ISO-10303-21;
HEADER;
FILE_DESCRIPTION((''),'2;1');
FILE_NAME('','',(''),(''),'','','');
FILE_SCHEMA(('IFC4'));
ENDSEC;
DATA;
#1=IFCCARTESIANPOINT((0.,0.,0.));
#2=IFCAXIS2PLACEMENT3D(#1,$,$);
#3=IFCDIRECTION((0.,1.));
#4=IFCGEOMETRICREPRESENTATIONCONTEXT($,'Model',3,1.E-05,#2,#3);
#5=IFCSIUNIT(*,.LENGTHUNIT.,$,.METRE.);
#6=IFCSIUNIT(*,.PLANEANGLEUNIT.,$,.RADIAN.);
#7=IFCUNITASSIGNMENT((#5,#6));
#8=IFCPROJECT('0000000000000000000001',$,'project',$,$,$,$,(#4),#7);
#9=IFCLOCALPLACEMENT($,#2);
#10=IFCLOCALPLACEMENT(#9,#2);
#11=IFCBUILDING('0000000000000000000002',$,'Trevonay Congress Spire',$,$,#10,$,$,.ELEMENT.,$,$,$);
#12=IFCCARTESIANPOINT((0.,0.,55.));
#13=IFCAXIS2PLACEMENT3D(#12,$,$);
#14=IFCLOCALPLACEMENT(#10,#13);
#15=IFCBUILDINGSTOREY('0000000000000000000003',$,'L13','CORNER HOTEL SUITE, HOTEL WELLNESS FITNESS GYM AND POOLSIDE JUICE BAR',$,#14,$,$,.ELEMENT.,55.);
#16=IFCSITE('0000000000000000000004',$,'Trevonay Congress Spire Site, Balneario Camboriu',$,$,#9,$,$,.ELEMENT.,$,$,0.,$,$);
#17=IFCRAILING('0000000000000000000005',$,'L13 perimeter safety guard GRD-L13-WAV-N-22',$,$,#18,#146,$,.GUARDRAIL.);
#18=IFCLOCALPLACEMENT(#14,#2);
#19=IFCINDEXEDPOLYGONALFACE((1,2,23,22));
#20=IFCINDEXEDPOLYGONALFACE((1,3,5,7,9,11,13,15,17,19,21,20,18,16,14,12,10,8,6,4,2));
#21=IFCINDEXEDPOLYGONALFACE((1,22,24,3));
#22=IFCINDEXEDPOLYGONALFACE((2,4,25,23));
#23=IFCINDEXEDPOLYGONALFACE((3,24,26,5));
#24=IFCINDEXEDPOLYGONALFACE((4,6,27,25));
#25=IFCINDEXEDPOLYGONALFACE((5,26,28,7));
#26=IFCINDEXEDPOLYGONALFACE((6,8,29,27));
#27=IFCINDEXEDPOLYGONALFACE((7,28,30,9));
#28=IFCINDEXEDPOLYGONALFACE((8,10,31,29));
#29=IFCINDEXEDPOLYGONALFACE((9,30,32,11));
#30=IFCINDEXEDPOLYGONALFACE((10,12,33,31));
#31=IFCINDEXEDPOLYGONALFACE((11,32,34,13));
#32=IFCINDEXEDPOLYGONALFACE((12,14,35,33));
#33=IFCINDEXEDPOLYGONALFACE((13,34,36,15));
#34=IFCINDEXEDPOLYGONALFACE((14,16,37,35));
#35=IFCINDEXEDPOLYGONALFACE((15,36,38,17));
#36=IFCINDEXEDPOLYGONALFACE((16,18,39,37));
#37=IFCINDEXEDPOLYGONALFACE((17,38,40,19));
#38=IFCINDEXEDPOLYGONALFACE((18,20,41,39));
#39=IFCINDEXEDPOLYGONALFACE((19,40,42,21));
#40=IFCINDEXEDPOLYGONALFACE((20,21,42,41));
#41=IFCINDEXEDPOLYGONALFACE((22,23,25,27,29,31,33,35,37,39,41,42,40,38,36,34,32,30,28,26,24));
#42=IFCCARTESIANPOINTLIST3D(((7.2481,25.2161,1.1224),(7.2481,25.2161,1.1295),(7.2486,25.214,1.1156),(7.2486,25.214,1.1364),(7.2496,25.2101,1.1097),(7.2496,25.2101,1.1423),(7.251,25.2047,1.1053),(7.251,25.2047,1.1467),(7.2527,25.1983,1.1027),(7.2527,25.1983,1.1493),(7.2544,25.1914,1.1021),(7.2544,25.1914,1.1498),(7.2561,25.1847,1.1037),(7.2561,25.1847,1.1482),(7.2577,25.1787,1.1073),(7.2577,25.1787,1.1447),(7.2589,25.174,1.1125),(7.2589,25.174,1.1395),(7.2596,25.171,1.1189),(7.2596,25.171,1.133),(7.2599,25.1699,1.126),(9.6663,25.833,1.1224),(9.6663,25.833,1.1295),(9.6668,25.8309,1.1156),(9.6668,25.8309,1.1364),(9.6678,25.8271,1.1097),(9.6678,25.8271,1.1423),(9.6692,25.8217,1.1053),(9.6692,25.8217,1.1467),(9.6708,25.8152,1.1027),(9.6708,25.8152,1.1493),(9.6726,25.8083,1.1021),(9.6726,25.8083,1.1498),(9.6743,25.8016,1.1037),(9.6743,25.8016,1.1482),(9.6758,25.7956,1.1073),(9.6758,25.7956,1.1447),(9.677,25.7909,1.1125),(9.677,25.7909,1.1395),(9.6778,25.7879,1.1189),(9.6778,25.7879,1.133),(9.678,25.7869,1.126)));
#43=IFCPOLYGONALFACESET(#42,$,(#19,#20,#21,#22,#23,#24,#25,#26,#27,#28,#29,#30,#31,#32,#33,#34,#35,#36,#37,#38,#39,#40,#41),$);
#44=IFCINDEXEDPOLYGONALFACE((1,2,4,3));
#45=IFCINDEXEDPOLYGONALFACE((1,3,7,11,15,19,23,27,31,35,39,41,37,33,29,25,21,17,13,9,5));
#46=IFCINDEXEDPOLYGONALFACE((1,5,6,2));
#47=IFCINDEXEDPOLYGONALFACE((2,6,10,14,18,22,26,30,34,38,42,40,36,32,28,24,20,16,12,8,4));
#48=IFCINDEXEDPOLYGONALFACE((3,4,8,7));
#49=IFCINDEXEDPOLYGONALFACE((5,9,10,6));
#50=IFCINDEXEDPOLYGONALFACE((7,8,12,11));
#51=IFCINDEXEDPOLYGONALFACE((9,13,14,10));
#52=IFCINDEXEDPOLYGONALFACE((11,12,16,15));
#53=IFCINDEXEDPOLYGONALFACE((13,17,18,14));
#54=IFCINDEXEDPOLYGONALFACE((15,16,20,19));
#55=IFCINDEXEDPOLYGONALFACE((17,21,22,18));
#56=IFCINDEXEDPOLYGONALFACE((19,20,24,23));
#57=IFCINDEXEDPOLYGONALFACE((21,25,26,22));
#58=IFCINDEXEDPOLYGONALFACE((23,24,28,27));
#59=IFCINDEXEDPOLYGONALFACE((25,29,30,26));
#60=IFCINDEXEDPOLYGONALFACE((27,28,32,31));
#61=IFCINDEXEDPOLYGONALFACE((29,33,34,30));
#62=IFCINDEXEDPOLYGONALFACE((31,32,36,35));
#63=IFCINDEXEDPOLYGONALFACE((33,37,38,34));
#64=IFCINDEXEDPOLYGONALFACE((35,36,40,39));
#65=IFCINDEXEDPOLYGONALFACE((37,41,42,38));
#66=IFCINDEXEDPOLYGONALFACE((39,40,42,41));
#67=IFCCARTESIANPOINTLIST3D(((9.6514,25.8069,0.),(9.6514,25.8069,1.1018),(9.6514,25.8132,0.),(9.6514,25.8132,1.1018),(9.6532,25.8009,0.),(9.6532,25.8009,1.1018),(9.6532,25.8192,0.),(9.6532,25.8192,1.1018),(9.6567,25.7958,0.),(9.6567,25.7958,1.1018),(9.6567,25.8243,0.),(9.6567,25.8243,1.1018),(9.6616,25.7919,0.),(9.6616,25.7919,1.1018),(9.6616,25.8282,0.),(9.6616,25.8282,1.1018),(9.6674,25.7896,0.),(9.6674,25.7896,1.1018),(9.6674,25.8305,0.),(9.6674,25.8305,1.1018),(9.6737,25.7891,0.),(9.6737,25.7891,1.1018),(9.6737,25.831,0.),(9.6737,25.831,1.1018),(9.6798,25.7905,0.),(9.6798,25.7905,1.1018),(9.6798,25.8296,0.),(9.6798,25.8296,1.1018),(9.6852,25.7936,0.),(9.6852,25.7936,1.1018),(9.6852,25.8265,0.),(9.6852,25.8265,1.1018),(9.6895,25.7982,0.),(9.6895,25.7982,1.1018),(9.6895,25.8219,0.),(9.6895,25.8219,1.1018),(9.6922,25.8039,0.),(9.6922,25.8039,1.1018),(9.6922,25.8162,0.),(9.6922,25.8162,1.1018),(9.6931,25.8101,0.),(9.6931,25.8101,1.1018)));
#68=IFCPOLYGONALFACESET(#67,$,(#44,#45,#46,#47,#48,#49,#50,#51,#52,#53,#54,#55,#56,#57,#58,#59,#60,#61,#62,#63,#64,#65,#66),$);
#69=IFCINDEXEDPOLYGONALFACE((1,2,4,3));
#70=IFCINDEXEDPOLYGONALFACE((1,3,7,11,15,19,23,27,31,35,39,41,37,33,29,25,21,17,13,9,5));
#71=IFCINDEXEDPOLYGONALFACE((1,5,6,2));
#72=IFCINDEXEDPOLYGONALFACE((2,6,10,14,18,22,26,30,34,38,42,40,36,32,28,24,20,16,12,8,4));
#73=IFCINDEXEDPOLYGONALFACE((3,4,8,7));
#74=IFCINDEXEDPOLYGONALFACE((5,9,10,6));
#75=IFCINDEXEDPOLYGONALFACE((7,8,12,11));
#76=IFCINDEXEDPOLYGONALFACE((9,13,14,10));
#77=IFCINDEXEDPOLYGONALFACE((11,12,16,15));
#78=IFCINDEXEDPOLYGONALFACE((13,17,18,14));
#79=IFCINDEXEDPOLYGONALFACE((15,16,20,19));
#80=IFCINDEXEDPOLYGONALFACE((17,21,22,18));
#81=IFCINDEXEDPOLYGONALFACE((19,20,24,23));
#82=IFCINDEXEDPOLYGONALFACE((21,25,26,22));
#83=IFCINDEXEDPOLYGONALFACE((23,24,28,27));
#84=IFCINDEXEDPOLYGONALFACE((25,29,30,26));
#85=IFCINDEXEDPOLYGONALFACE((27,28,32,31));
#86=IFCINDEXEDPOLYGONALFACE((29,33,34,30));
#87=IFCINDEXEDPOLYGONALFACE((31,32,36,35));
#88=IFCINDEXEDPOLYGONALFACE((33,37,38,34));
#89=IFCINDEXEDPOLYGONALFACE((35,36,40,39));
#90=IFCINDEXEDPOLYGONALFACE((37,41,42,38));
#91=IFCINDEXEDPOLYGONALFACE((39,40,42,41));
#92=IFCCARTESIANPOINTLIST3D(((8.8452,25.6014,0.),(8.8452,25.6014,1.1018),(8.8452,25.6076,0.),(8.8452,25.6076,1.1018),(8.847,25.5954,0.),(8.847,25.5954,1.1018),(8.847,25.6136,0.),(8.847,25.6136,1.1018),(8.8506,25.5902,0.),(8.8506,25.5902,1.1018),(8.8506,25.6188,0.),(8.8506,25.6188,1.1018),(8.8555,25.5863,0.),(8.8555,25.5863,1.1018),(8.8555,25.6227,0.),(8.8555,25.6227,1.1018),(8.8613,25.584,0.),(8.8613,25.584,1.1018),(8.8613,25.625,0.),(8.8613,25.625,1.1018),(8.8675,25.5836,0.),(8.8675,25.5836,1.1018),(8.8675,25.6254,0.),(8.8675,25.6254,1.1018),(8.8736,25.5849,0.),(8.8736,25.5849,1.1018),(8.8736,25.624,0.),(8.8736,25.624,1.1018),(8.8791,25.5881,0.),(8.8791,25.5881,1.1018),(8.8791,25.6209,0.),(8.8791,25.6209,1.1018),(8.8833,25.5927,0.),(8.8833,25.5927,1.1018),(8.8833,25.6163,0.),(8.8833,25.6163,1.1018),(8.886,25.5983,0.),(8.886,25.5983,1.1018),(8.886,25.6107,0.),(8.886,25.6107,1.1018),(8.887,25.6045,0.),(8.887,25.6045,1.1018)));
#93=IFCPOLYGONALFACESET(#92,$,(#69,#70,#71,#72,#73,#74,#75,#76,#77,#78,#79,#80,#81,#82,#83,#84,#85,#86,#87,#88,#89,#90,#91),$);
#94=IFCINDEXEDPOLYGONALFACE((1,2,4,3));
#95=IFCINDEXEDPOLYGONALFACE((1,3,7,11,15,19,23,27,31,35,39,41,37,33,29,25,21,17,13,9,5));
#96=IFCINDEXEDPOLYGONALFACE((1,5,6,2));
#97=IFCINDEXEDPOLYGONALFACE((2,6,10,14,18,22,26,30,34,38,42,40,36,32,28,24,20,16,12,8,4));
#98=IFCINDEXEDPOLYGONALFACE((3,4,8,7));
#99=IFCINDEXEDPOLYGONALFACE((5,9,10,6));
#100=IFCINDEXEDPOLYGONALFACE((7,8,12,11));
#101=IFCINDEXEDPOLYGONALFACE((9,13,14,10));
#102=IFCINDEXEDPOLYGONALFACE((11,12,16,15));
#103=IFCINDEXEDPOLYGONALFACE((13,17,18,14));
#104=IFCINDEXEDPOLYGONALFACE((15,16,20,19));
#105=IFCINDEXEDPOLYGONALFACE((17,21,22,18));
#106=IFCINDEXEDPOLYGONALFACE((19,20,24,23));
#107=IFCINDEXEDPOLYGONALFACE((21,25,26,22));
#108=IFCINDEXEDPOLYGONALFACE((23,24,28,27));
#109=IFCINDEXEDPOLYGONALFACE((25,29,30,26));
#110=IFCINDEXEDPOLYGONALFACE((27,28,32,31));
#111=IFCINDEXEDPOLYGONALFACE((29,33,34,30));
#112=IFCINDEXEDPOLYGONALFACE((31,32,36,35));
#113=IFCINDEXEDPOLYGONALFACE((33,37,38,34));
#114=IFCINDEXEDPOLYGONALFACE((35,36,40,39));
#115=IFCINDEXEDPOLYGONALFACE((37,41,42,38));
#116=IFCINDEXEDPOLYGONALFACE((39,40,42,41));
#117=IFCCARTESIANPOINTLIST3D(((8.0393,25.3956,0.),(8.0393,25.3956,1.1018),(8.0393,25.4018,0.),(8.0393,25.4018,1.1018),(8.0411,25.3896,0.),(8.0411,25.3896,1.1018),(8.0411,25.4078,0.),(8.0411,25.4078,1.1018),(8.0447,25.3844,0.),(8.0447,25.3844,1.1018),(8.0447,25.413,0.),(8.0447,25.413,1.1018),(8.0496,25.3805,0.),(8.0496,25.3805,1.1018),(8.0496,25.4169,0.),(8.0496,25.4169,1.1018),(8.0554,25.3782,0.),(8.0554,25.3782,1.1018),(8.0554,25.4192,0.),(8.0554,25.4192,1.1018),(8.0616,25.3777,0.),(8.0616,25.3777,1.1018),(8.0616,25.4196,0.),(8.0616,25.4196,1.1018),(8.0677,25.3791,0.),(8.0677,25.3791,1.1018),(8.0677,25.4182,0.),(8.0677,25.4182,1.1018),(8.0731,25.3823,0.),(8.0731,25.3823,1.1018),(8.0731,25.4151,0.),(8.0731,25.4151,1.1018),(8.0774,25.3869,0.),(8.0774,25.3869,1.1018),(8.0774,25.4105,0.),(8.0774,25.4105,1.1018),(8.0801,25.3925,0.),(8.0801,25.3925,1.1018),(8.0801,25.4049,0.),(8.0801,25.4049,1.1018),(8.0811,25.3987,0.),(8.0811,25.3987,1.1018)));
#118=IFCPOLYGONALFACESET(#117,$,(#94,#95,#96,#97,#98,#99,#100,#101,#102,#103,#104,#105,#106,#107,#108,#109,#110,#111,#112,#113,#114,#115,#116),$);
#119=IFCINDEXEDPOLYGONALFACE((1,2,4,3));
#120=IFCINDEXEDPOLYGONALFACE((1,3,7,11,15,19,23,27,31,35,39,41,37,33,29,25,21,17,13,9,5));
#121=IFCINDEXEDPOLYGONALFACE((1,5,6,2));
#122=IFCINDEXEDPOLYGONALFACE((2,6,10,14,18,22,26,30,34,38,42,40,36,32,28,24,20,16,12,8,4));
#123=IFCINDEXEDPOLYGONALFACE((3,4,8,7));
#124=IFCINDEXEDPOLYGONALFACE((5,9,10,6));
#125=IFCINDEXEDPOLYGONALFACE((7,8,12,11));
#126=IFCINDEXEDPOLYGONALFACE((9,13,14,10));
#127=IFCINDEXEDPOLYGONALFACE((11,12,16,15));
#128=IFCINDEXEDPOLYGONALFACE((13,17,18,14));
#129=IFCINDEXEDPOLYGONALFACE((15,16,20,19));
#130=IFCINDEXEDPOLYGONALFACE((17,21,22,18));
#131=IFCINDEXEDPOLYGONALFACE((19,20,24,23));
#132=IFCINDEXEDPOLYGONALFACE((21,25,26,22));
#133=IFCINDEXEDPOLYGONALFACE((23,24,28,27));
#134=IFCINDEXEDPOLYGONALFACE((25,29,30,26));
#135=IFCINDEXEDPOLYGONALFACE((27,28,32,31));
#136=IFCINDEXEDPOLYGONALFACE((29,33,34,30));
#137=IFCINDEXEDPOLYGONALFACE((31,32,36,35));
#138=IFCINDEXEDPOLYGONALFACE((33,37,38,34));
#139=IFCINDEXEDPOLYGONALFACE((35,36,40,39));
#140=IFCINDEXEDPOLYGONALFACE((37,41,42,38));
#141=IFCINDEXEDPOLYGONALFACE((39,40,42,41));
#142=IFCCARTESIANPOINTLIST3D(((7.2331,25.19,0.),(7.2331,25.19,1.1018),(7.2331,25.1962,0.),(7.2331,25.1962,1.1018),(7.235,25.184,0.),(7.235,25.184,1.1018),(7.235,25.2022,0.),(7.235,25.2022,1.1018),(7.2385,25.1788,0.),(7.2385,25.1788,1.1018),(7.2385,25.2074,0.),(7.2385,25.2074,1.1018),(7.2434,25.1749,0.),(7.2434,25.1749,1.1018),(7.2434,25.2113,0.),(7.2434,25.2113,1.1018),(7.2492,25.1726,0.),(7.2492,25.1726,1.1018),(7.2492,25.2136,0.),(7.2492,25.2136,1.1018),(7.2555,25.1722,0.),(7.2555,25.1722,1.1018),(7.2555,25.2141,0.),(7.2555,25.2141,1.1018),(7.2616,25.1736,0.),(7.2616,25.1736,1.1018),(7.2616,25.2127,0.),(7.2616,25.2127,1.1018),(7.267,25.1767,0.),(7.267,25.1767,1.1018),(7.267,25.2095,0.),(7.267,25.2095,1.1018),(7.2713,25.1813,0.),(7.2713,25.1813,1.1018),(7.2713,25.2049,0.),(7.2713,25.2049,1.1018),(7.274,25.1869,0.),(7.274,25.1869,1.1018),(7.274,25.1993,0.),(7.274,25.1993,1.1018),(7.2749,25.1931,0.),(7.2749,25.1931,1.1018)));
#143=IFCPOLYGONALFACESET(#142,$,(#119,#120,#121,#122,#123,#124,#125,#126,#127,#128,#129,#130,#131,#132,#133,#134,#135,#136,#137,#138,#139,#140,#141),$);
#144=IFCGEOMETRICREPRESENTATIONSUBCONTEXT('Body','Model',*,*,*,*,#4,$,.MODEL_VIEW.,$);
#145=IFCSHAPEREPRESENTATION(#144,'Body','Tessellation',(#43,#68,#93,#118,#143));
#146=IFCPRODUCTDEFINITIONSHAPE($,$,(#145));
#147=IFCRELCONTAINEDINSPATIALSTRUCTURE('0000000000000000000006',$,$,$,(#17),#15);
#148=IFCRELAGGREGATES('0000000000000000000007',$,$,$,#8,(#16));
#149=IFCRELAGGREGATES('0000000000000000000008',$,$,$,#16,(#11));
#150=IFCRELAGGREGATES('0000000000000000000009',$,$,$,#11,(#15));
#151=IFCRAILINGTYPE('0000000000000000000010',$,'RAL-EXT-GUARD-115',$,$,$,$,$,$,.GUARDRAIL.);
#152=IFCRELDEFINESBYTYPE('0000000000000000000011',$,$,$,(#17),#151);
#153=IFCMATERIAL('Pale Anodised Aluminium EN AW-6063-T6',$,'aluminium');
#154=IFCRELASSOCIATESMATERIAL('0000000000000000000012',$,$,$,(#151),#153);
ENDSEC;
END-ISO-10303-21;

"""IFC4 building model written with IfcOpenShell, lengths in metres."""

from ifc_helpers import new_model, si_unit, direction, frame, origin, origin_2d, place, context, subcontext, project, spatial, circle, extrude, material, type_object, element, save


model = new_model("IFC4")

# Units and contexts
model_context = context("Model", 3, precision=1e-05, world=origin(), true_north=direction((0.0, 1.0)))
body_context = subcontext(model_context, "Body", "Model", "MODEL_VIEW")
ifc_project = project(units=[si_unit("LENGTHUNIT", "METRE"), si_unit("PLANEANGLEUNIT", "RADIAN")], contexts=[model_context])

# Site, building, storey
site_placement = place(None, origin())
site = spatial("IfcSite", under=ifc_project, at=site_placement, Name="Trevonay Congress Spire Site, Balneario Camboriu", CompositionType="ELEMENT", RefElevation=0.0)
building_placement = place(site_placement, origin())
building = spatial("IfcBuilding", under=site, at=building_placement, Name="Trevonay Congress Spire", CompositionType="ELEMENT")
storey_placement = place(building_placement, frame((0.0, 0.0, 55.0)))
storey = spatial("IfcBuildingStorey", under=building, at=storey_placement, Name="L13", Description="CORNER HOTEL SUITE, HOTEL WELLNESS FITNESS GYM AND POOLSIDE JUICE BAR", CompositionType="ELEMENT", Elevation=55.0)

# Shared definitions
ifc_material_1 = material(Name="Pale Anodised Aluminium EN AW-6063-T6", Category="aluminium")

# Railing
railing_type = type_object("IfcRailingType", Name="RAL-EXT-GUARD-115", PredefinedType="GUARDRAIL", material=ifc_material_1)
railing_1_placement = place(storey_placement, frame((9.6721, 25.8101, 0.0)))
element("IfcRailing", 1, at=railing_1_placement, inside=storey, type_object=railing_type, Name="L13 perimeter safety guard GRD-L13-WAV-N-22", PredefinedType="GUARDRAIL", context=body_context, shape_type="SweptSolid", body=[
    extrude(circle(Radius=0.0239, at=origin_2d()), frame((0.0, 0.0, 1.126), z_axis=(-0.968963, -0.247205, 0.0), x_axis=(0.247205, -0.968963, 0.0)), (0.0, 0.0, 1.0), 2.4956),
    extrude(circle(Radius=0.021, at=origin_2d()), origin(), (0.0, 0.0, 1.0), 1.1018),
    extrude(circle(Radius=0.021, at=origin_2d()), frame((-0.8062, -0.2056, 0.0)), (0.0, 0.0, 1.0), 1.1018),
    extrude(circle(Radius=0.021, at=origin_2d()), frame((-1.6121, -0.4114, 0.0)), (0.0, 0.0, 1.0), 1.1018),
    extrude(circle(Radius=0.021, at=origin_2d()), frame((-2.4182, -0.6169, 0.0)), (0.0, 0.0, 1.0), 1.1018),
])

save(model, "model.ifc")
